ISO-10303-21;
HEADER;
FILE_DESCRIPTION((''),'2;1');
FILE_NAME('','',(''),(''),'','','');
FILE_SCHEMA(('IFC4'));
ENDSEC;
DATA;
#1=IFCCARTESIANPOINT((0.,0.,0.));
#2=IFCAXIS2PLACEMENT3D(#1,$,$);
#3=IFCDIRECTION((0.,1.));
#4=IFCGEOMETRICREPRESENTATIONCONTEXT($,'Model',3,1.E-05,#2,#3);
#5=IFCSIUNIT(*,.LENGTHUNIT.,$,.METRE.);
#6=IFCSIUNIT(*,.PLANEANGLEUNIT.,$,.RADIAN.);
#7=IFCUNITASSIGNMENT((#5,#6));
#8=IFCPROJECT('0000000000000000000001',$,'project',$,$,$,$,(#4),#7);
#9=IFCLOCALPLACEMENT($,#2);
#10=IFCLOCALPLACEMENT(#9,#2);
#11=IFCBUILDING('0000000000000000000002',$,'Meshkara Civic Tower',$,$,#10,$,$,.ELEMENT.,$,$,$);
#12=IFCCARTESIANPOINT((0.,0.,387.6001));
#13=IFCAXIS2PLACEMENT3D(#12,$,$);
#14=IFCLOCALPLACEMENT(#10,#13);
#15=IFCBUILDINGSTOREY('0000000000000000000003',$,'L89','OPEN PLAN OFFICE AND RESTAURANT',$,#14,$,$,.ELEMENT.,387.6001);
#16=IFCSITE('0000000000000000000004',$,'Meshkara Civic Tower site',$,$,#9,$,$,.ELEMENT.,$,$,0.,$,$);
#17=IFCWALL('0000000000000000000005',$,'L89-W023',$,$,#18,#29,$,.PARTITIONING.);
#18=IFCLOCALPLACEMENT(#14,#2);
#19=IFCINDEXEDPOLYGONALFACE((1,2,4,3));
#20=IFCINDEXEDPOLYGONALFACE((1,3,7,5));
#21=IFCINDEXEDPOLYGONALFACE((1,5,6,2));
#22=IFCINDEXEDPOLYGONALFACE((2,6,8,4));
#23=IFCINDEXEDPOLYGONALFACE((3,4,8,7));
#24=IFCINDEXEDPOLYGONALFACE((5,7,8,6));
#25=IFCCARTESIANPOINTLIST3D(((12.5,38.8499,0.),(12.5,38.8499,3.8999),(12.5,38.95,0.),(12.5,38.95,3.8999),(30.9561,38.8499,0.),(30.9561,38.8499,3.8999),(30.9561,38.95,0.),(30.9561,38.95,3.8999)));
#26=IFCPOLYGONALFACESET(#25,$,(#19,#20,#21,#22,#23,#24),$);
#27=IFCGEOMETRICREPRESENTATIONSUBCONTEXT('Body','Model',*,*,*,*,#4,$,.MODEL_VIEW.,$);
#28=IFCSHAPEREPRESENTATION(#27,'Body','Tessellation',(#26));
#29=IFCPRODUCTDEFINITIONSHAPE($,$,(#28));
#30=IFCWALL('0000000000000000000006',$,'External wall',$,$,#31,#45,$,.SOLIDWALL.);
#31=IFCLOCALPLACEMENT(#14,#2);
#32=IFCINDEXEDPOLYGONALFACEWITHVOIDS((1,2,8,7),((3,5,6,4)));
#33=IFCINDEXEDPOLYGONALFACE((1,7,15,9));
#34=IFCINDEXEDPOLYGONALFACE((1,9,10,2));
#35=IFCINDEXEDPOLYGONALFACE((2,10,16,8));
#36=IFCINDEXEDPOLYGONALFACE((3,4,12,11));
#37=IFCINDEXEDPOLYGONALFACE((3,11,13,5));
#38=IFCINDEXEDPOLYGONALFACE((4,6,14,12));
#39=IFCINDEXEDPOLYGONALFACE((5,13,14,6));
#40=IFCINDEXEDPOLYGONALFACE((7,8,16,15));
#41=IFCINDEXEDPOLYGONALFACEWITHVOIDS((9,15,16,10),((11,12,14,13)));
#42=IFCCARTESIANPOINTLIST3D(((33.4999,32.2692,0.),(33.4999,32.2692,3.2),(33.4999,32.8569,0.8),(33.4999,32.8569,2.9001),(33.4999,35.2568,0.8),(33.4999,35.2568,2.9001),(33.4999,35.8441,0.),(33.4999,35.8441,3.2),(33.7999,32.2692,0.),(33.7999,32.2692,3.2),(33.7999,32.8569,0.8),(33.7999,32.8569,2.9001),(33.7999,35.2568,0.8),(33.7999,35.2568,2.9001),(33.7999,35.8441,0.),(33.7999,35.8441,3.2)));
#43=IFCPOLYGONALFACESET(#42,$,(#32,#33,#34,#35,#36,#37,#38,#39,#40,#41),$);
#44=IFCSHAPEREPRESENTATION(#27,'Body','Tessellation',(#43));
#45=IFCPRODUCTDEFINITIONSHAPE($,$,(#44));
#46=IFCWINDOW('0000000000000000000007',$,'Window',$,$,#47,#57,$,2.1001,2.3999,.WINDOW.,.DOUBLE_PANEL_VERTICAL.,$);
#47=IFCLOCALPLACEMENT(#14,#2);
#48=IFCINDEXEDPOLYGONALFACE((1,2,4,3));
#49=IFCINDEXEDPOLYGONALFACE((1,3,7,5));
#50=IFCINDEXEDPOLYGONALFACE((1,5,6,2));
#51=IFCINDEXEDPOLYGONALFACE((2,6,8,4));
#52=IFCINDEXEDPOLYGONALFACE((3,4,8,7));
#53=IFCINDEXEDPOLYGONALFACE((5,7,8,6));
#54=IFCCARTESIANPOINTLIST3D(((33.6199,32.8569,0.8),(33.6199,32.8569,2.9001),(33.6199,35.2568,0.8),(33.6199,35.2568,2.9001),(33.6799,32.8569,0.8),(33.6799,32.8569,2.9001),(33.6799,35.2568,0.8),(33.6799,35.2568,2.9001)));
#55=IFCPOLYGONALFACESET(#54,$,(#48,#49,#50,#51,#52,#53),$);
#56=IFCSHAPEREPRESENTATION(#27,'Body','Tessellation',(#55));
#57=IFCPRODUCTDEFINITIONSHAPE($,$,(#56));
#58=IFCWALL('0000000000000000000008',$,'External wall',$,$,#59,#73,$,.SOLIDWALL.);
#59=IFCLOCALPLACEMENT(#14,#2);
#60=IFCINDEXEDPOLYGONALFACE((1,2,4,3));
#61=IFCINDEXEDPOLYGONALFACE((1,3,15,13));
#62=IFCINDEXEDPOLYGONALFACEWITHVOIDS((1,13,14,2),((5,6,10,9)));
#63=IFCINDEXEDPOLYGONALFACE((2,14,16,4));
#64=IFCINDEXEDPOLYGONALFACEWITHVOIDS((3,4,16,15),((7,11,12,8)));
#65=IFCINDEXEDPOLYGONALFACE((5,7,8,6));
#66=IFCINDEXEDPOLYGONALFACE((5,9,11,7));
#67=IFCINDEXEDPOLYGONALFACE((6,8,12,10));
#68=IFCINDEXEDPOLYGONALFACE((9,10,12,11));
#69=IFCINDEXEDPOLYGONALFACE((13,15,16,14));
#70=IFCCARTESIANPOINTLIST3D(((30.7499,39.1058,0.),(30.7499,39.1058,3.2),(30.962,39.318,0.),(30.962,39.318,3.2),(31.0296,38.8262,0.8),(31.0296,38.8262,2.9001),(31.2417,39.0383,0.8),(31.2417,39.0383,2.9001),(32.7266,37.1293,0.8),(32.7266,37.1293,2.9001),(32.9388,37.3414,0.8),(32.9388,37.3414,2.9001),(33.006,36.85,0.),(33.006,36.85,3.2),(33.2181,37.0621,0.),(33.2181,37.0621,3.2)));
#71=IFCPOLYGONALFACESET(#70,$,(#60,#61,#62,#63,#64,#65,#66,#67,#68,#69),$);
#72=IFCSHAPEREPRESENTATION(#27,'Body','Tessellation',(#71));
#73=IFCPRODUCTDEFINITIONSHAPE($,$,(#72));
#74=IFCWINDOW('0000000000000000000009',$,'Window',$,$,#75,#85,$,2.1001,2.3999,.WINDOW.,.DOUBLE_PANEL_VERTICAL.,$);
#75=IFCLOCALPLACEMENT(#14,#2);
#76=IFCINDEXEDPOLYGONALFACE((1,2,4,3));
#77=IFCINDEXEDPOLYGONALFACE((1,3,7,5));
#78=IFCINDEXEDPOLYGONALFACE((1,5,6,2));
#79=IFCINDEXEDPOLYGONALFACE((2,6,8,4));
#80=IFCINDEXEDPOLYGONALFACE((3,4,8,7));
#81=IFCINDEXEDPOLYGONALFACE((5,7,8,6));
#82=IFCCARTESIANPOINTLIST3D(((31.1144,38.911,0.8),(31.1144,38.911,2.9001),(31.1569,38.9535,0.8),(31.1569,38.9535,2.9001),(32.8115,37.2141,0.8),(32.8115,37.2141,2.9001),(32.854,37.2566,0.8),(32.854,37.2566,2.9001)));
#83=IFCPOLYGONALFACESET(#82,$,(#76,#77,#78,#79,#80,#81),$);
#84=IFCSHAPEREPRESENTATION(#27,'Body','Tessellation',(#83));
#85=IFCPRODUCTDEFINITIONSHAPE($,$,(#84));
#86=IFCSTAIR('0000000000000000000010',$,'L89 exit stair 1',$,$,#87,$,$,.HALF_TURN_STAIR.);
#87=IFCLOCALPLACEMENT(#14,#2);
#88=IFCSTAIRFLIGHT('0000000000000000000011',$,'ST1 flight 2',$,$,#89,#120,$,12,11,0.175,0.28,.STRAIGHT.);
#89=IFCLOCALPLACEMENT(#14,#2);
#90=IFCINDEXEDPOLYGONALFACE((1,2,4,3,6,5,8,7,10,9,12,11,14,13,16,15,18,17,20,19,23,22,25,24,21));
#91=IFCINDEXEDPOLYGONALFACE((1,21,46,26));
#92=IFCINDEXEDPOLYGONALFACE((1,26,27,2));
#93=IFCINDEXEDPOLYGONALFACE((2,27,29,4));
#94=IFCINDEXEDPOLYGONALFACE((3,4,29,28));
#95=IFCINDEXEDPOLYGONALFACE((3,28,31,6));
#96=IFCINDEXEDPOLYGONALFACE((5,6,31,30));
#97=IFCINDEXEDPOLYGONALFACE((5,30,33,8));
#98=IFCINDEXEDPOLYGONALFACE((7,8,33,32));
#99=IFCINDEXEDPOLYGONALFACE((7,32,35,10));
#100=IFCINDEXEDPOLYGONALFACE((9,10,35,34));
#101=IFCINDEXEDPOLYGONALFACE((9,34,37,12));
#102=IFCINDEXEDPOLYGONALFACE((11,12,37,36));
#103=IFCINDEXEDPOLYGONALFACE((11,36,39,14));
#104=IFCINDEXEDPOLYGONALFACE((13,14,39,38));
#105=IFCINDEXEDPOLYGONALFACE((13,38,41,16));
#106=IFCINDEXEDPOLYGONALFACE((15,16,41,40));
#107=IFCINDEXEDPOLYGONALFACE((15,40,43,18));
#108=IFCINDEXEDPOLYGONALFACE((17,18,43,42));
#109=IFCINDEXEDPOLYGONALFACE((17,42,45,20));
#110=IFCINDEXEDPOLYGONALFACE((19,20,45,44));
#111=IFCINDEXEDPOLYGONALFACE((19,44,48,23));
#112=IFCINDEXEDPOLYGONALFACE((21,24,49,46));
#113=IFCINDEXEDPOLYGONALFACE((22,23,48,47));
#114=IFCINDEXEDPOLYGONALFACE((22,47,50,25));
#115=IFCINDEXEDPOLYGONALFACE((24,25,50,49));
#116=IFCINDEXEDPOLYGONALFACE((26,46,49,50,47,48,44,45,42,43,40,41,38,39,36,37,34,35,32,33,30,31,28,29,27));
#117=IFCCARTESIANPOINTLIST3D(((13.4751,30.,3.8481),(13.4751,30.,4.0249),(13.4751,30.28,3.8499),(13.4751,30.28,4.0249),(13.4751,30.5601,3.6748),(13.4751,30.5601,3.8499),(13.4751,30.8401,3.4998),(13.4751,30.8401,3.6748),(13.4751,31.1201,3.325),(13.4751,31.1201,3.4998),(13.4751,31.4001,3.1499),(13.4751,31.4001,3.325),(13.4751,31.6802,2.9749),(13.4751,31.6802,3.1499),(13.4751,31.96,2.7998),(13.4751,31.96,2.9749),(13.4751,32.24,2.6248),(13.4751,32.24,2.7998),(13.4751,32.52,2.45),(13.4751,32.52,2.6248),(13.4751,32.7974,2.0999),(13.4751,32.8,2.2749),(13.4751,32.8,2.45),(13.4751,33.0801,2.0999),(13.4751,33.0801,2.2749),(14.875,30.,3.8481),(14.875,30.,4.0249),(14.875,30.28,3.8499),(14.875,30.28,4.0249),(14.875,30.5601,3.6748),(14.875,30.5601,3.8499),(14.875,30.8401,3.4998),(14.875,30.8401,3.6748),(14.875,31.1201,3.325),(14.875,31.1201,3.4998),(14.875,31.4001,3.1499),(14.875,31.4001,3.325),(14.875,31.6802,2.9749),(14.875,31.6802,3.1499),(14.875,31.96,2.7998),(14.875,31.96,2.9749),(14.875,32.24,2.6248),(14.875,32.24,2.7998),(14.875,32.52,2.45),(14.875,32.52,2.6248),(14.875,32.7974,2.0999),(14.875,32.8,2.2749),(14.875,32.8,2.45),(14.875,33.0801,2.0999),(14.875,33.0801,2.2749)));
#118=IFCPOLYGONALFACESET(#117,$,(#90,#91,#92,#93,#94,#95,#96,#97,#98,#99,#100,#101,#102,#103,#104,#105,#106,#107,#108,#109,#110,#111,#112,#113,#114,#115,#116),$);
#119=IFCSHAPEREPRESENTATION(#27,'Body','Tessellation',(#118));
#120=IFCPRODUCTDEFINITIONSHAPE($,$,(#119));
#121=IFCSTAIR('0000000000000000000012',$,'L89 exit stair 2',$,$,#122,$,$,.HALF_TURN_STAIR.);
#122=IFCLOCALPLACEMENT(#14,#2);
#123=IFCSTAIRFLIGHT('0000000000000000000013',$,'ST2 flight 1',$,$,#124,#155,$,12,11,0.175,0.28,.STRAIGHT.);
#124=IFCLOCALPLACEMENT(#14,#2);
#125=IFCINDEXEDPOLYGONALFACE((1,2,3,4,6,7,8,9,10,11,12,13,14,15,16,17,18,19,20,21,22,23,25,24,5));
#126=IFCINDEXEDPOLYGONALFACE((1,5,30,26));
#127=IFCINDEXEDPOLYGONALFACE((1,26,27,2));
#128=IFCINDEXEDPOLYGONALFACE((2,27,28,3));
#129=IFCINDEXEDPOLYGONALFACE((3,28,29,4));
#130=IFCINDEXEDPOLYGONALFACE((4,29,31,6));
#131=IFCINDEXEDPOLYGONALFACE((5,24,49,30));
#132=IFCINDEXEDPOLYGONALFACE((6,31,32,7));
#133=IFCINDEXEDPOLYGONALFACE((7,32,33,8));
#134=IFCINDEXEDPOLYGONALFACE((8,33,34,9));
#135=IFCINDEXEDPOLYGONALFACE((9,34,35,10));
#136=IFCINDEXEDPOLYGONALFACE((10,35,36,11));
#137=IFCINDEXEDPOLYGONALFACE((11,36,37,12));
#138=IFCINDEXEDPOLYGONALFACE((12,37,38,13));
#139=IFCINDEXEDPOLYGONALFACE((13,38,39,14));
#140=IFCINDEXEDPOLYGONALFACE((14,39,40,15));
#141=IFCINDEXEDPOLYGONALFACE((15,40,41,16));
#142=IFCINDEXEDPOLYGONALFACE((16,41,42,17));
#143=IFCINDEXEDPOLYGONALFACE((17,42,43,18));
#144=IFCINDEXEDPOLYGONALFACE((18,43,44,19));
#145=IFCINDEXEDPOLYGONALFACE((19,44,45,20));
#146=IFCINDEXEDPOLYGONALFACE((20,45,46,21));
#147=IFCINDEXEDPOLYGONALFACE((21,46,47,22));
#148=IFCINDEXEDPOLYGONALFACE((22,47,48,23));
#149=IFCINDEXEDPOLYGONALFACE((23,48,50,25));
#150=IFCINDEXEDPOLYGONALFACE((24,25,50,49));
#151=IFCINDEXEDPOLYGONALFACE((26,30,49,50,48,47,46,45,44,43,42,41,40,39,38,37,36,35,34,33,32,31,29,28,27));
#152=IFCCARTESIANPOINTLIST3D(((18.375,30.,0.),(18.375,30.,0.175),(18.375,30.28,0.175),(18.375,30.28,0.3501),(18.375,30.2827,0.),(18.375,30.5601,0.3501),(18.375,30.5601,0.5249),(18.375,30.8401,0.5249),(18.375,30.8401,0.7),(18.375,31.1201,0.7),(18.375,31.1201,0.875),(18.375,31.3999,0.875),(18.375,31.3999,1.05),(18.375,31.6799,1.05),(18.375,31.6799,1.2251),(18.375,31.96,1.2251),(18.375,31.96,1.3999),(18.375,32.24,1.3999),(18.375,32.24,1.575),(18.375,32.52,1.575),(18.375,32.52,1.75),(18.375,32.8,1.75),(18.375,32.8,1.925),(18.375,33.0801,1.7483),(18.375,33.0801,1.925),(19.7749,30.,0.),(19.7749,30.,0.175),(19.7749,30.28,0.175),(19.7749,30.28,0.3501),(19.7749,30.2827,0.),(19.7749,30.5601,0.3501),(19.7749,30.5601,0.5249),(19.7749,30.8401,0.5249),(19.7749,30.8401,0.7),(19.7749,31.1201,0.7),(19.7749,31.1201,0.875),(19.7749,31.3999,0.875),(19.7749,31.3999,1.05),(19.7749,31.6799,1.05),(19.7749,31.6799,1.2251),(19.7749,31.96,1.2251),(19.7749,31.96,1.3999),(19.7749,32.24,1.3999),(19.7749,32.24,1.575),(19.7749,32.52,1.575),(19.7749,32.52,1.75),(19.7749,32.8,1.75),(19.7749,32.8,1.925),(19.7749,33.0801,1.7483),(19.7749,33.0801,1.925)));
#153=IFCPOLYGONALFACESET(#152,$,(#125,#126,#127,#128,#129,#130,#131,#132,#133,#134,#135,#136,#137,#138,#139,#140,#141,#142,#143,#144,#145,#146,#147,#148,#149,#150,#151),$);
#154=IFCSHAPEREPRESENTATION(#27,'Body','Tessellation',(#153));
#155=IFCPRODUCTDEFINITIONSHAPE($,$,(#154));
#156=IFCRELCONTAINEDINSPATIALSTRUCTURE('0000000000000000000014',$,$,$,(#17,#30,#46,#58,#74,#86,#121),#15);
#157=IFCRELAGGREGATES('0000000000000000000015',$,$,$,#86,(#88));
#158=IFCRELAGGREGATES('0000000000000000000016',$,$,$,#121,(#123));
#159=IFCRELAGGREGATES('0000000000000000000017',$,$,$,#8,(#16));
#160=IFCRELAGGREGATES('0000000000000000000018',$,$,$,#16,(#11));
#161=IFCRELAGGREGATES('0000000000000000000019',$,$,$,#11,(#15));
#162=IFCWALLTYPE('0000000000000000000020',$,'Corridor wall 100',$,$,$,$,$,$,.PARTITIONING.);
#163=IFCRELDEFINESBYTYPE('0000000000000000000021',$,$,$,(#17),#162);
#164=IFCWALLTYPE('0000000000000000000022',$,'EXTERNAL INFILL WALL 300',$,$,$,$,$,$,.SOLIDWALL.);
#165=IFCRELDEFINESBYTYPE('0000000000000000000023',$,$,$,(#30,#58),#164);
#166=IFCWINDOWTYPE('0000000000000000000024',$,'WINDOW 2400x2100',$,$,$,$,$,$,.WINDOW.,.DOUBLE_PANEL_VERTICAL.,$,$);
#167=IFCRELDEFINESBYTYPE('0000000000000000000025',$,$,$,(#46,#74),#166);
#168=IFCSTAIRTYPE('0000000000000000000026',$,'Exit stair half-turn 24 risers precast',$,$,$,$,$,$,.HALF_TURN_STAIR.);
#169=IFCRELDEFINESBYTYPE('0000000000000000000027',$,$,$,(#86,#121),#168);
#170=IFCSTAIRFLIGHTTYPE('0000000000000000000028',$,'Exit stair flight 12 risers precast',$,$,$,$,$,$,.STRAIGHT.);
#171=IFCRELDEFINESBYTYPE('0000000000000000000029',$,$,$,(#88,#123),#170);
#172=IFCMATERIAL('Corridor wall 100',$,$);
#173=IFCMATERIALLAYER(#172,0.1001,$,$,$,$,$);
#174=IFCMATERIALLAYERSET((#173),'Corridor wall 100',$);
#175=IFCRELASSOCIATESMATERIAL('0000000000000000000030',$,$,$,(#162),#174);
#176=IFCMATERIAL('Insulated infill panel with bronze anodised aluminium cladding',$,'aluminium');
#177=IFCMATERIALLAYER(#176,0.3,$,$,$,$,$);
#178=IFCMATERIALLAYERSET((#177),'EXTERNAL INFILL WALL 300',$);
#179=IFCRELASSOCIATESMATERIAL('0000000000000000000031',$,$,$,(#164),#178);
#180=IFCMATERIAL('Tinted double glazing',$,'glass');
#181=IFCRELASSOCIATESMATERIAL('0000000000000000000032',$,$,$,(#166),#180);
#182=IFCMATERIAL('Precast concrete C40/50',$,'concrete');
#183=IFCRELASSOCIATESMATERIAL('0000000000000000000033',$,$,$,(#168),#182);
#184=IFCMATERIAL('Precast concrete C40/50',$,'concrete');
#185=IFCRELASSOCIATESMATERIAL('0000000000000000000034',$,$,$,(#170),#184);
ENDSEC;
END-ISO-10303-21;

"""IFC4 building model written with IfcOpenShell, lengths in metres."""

from ifc_helpers import new_model, si_unit, direction, frame, frame_2d, origin, place, context, subcontext, project, spatial, polyline, rectangle, outline, extrude, material, layer, layer_set, type_object, element, fill, aggregate, save


model = new_model("IFC4")

# Units and contexts
model_context = context("Model", 3, precision=1e-05, world=origin(), true_north=direction((0.0, 1.0)))
body_context = subcontext(model_context, "Body", "Model", "MODEL_VIEW")
ifc_project = project(units=[si_unit("LENGTHUNIT", "METRE"), si_unit("PLANEANGLEUNIT", "RADIAN")], contexts=[model_context])

# Site, building, storey
site_placement = place(None, origin())
site = spatial("IfcSite", under=ifc_project, at=site_placement, Name="Meshkara Civic Tower site", CompositionType="ELEMENT", RefElevation=0.0)
building_placement = place(site_placement, origin())
building = spatial("IfcBuilding", under=site, at=building_placement, Name="Meshkara Civic Tower", CompositionType="ELEMENT")
storey_placement = place(building_placement, frame((0.0, 0.0, 387.6001)))
storey = spatial("IfcBuildingStorey", under=building, at=storey_placement, Name="L89", Description="OPEN PLAN OFFICE AND RESTAURANT", CompositionType="ELEMENT", Elevation=387.6001)

# Wall
ifc_material_1 = material(Name="Corridor wall 100")
ifc_layer_1 = layer(ifc_material_1, 0.1001)
ifc_layer_set_1 = layer_set([ifc_layer_1], Name="Corridor wall 100")
wall_type_1 = type_object("IfcWallType", Name="Corridor wall 100", PredefinedType="PARTITIONING", material=ifc_layer_set_1)
wall_1_placement = place(storey_placement, frame((30.9561, 38.8999, 0.0), z_axis=(0.0, 0.0, 1.0), x_axis=(-1.0, 0.0, 0.0)))
element("IfcWall", 1, at=wall_1_placement, inside=storey, type_object=wall_type_1, Name="L89-W023", PredefinedType="PARTITIONING", context=body_context, shape_type="SweptSolid", body=[
    extrude(rectangle(XDim=18.4561, YDim=0.1001, at=frame_2d((9.228, 0.0))), origin(), (0.0, 0.0, 1.0), 3.8999),
])

# Walls, openings, windows
ifc_material_2 = material(Name="Insulated infill panel with bronze anodised aluminium cladding", Category="aluminium")
ifc_layer_2 = layer(ifc_material_2, 0.3)
ifc_layer_set_2 = layer_set([ifc_layer_2], Name="EXTERNAL INFILL WALL 300")
wall_type_2 = type_object("IfcWallType", Name="EXTERNAL INFILL WALL 300", PredefinedType="SOLIDWALL", material=ifc_layer_set_2)
wall_2_placement = place(storey_placement, frame((33.6499, 32.269, 0.0), z_axis=(0.0, 0.0, 1.0), x_axis=(0.0, 1.0, 0.0)))
wall_2 = element("IfcWall", 2, at=wall_2_placement, inside=storey, type_object=wall_type_2, Name="External wall", PredefinedType="SOLIDWALL", context=body_context, shape_type="SweptSolid", body=[
    extrude(rectangle(XDim=3.575, YDim=0.3, at=frame_2d((1.7876, 0.0))), origin(), (0.0, 0.0, 1.0), 3.2),
])
opening_1_placement = place(wall_2_placement, frame((0.5879, 0.0, 0.8)))
opening_1 = element("IfcOpeningElement", 3, at=opening_1_placement, cuts=wall_2, PredefinedType="OPENING", context=body_context, shape_type="SweptSolid", body=[
    extrude(rectangle(XDim=2.3999, YDim=2.1001, at=frame_2d((1.2, 1.05))), frame((0.0, 0.1599, 0.0), z_axis=(0.0, -1.0, 0.0), x_axis=(1.0, 0.0, 0.0)), (0.0, 0.0, 1.0), 0.3201),
])
ifc_material_3 = material(Name="Tinted double glazing", Category="glass")
window_type = type_object("IfcWindowType", Name="WINDOW 2400x2100", PartitioningType="DOUBLE_PANEL_VERTICAL", PredefinedType="WINDOW", material=ifc_material_3)
window_1_placement = place(opening_1_placement, origin())
window_1 = element("IfcWindow", 4, at=window_1_placement, inside=storey, type_object=window_type, Name="Window", OverallHeight=2.1001, OverallWidth=2.3999, PartitioningType="DOUBLE_PANEL_VERTICAL", PredefinedType="WINDOW", context=body_context, shape_type="SweptSolid", body=[
    extrude(rectangle(XDim=2.3999, YDim=2.1001, at=frame_2d((1.2, 1.05))), frame((0.0, 0.03, 0.0), z_axis=(0.0, -1.0, 0.0), x_axis=(1.0, 0.0, 0.0)), (0.0, 0.0, 1.0), 0.0601),
])
fill(opening_1, window_1)
wall_3_placement = place(storey_placement, frame((33.1121, 36.9561, 0.0), z_axis=(0.0, 0.0, 1.0), x_axis=(-0.707145, 0.707069, 0.0)))
wall_3 = element("IfcWall", 5, at=wall_3_placement, inside=storey, type_object=wall_type_2, Name="External wall", PredefinedType="SOLIDWALL", context=body_context, shape_type="SweptSolid", body=[
    extrude(rectangle(XDim=3.1904, YDim=0.3, at=frame_2d((1.5952, 0.0))), origin(), (0.0, 0.0, 1.0), 3.2),
])
opening_2_placement = place(wall_3_placement, frame((0.395, 0.0, 0.8)))
opening_2 = element("IfcOpeningElement", 6, at=opening_2_placement, cuts=wall_3, PredefinedType="OPENING", context=body_context, shape_type="SweptSolid", body=[
    extrude(rectangle(XDim=2.3999, YDim=2.1001, at=frame_2d((1.2, 1.05))), frame((0.0, 0.1599, 0.0), z_axis=(0.0, -1.0, 0.0), x_axis=(1.0, 0.0, 0.0)), (0.0, 0.0, 1.0), 0.3201),
])
window_2_placement = place(opening_2_placement, origin())
window_2 = element("IfcWindow", 7, at=window_2_placement, inside=storey, type_object=window_type, Name="Window", OverallHeight=2.1001, OverallWidth=2.3999, PartitioningType="DOUBLE_PANEL_VERTICAL", PredefinedType="WINDOW", context=body_context, shape_type="SweptSolid", body=[
    extrude(rectangle(XDim=2.3999, YDim=2.1001, at=frame_2d((1.2, 1.05))), frame((0.0, 0.03, 0.0), z_axis=(0.0, -1.0, 0.0), x_axis=(1.0, 0.0, 0.0)), (0.0, 0.0, 1.0), 0.0601),
])
fill(opening_2, window_2)

# Stair, stair flight
ifc_material_4 = material(Name="Precast concrete C40/50", Category="concrete")
stair_type = type_object("IfcStairType", Name="Exit stair half-turn 24 risers precast", PredefinedType="HALF_TURN_STAIR", material=ifc_material_4)
stair_1_placement = place(storey_placement, origin())
stair_1 = element("IfcStair", 8, at=stair_1_placement, inside=storey, type_object=stair_type, Name="L89 exit stair 1", PredefinedType="HALF_TURN_STAIR")
ifc_material_5 = material(Name="Precast concrete C40/50", Category="concrete")
stair_flight_type = type_object("IfcStairFlightType", Name="Exit stair flight 12 risers precast", PredefinedType="STRAIGHT", material=ifc_material_5)
stair_flight_1_placement = place(storey_placement, frame((14.175, 33.0801, 2.0999), z_axis=(0.0, 0.0, 1.0), x_axis=(0.0, -1.0, 0.0)))
stair_flight_1 = element("IfcStairFlight", 9, at=stair_flight_1_placement, type_object=stair_flight_type, Name="ST1 flight 2", NumberOfRisers=12, NumberOfTreads=11, PredefinedType="STRAIGHT", RiserHeight=0.175, TreadLength=0.28, context=body_context, shape_type="SweptSolid", body=[
    extrude(outline(polyline([(0.0, 0.0), (0.0, 0.175), (0.28, 0.175), (0.28, 0.3501), (0.5601, 0.3501), (0.5601, 0.5249), (0.8401, 0.5249), (0.8401, 0.7), (1.1201, 0.7), (1.1201, 0.875), (1.3999, 0.875), (1.3999, 1.05), (1.6799, 1.05), (1.6799, 1.2251), (1.96, 1.2251), (1.96, 1.3999), (2.24, 1.3999), (2.24, 1.575), (2.52, 1.575), (2.52, 1.75), (2.8, 1.75), (2.8, 1.925), (3.0801, 1.925), (3.0801, 2.1001), (3.0801, 1.7483), (0.2827, 0.0), (0.0, 0.0)])), frame((0.0, 0.7, 0.0), z_axis=(0.0, -1.0, 0.0), x_axis=(1.0, 0.0, 0.0)), (0.0, 0.0, 1.0), 1.3999),
])
aggregate(stair_1, [stair_flight_1])

# Stair, stair flight
stair_2_placement = place(storey_placement, origin())
stair_2 = element("IfcStair", 10, at=stair_2_placement, inside=storey, type_object=stair_type, Name="L89 exit stair 2", PredefinedType="HALF_TURN_STAIR")
stair_flight_2_placement = place(storey_placement, frame((19.075, 30.0, 0.0), z_axis=(0.0, 0.0, 1.0), x_axis=(0.0, 1.0, 0.0)))
stair_flight_2 = element("IfcStairFlight", 11, at=stair_flight_2_placement, type_object=stair_flight_type, Name="ST2 flight 1", NumberOfRisers=12, NumberOfTreads=11, PredefinedType="STRAIGHT", RiserHeight=0.175, TreadLength=0.28, context=body_context, shape_type="SweptSolid", body=[
    extrude(outline(polyline([(0.0, 0.0), (0.0, 0.175), (0.28, 0.175), (0.28, 0.3501), (0.5601, 0.3501), (0.5601, 0.5249), (0.8401, 0.5249), (0.8401, 0.7), (1.1201, 0.7), (1.1201, 0.875), (1.3999, 0.875), (1.3999, 1.05), (1.6799, 1.05), (1.6799, 1.2251), (1.96, 1.2251), (1.96, 1.3999), (2.24, 1.3999), (2.24, 1.575), (2.52, 1.575), (2.52, 1.75), (2.8, 1.75), (2.8, 1.925), (3.0801, 1.925), (3.0801, 2.1001), (3.0801, 1.7483), (0.2827, 0.0), (0.0, 0.0)])), frame((0.0, 0.7, 0.0), z_axis=(0.0, -1.0, 0.0), x_axis=(1.0, 0.0, 0.0)), (0.0, 0.0, 1.0), 1.3999),
])
aggregate(stair_2, [stair_flight_2])

save(model, "model.ifc")
